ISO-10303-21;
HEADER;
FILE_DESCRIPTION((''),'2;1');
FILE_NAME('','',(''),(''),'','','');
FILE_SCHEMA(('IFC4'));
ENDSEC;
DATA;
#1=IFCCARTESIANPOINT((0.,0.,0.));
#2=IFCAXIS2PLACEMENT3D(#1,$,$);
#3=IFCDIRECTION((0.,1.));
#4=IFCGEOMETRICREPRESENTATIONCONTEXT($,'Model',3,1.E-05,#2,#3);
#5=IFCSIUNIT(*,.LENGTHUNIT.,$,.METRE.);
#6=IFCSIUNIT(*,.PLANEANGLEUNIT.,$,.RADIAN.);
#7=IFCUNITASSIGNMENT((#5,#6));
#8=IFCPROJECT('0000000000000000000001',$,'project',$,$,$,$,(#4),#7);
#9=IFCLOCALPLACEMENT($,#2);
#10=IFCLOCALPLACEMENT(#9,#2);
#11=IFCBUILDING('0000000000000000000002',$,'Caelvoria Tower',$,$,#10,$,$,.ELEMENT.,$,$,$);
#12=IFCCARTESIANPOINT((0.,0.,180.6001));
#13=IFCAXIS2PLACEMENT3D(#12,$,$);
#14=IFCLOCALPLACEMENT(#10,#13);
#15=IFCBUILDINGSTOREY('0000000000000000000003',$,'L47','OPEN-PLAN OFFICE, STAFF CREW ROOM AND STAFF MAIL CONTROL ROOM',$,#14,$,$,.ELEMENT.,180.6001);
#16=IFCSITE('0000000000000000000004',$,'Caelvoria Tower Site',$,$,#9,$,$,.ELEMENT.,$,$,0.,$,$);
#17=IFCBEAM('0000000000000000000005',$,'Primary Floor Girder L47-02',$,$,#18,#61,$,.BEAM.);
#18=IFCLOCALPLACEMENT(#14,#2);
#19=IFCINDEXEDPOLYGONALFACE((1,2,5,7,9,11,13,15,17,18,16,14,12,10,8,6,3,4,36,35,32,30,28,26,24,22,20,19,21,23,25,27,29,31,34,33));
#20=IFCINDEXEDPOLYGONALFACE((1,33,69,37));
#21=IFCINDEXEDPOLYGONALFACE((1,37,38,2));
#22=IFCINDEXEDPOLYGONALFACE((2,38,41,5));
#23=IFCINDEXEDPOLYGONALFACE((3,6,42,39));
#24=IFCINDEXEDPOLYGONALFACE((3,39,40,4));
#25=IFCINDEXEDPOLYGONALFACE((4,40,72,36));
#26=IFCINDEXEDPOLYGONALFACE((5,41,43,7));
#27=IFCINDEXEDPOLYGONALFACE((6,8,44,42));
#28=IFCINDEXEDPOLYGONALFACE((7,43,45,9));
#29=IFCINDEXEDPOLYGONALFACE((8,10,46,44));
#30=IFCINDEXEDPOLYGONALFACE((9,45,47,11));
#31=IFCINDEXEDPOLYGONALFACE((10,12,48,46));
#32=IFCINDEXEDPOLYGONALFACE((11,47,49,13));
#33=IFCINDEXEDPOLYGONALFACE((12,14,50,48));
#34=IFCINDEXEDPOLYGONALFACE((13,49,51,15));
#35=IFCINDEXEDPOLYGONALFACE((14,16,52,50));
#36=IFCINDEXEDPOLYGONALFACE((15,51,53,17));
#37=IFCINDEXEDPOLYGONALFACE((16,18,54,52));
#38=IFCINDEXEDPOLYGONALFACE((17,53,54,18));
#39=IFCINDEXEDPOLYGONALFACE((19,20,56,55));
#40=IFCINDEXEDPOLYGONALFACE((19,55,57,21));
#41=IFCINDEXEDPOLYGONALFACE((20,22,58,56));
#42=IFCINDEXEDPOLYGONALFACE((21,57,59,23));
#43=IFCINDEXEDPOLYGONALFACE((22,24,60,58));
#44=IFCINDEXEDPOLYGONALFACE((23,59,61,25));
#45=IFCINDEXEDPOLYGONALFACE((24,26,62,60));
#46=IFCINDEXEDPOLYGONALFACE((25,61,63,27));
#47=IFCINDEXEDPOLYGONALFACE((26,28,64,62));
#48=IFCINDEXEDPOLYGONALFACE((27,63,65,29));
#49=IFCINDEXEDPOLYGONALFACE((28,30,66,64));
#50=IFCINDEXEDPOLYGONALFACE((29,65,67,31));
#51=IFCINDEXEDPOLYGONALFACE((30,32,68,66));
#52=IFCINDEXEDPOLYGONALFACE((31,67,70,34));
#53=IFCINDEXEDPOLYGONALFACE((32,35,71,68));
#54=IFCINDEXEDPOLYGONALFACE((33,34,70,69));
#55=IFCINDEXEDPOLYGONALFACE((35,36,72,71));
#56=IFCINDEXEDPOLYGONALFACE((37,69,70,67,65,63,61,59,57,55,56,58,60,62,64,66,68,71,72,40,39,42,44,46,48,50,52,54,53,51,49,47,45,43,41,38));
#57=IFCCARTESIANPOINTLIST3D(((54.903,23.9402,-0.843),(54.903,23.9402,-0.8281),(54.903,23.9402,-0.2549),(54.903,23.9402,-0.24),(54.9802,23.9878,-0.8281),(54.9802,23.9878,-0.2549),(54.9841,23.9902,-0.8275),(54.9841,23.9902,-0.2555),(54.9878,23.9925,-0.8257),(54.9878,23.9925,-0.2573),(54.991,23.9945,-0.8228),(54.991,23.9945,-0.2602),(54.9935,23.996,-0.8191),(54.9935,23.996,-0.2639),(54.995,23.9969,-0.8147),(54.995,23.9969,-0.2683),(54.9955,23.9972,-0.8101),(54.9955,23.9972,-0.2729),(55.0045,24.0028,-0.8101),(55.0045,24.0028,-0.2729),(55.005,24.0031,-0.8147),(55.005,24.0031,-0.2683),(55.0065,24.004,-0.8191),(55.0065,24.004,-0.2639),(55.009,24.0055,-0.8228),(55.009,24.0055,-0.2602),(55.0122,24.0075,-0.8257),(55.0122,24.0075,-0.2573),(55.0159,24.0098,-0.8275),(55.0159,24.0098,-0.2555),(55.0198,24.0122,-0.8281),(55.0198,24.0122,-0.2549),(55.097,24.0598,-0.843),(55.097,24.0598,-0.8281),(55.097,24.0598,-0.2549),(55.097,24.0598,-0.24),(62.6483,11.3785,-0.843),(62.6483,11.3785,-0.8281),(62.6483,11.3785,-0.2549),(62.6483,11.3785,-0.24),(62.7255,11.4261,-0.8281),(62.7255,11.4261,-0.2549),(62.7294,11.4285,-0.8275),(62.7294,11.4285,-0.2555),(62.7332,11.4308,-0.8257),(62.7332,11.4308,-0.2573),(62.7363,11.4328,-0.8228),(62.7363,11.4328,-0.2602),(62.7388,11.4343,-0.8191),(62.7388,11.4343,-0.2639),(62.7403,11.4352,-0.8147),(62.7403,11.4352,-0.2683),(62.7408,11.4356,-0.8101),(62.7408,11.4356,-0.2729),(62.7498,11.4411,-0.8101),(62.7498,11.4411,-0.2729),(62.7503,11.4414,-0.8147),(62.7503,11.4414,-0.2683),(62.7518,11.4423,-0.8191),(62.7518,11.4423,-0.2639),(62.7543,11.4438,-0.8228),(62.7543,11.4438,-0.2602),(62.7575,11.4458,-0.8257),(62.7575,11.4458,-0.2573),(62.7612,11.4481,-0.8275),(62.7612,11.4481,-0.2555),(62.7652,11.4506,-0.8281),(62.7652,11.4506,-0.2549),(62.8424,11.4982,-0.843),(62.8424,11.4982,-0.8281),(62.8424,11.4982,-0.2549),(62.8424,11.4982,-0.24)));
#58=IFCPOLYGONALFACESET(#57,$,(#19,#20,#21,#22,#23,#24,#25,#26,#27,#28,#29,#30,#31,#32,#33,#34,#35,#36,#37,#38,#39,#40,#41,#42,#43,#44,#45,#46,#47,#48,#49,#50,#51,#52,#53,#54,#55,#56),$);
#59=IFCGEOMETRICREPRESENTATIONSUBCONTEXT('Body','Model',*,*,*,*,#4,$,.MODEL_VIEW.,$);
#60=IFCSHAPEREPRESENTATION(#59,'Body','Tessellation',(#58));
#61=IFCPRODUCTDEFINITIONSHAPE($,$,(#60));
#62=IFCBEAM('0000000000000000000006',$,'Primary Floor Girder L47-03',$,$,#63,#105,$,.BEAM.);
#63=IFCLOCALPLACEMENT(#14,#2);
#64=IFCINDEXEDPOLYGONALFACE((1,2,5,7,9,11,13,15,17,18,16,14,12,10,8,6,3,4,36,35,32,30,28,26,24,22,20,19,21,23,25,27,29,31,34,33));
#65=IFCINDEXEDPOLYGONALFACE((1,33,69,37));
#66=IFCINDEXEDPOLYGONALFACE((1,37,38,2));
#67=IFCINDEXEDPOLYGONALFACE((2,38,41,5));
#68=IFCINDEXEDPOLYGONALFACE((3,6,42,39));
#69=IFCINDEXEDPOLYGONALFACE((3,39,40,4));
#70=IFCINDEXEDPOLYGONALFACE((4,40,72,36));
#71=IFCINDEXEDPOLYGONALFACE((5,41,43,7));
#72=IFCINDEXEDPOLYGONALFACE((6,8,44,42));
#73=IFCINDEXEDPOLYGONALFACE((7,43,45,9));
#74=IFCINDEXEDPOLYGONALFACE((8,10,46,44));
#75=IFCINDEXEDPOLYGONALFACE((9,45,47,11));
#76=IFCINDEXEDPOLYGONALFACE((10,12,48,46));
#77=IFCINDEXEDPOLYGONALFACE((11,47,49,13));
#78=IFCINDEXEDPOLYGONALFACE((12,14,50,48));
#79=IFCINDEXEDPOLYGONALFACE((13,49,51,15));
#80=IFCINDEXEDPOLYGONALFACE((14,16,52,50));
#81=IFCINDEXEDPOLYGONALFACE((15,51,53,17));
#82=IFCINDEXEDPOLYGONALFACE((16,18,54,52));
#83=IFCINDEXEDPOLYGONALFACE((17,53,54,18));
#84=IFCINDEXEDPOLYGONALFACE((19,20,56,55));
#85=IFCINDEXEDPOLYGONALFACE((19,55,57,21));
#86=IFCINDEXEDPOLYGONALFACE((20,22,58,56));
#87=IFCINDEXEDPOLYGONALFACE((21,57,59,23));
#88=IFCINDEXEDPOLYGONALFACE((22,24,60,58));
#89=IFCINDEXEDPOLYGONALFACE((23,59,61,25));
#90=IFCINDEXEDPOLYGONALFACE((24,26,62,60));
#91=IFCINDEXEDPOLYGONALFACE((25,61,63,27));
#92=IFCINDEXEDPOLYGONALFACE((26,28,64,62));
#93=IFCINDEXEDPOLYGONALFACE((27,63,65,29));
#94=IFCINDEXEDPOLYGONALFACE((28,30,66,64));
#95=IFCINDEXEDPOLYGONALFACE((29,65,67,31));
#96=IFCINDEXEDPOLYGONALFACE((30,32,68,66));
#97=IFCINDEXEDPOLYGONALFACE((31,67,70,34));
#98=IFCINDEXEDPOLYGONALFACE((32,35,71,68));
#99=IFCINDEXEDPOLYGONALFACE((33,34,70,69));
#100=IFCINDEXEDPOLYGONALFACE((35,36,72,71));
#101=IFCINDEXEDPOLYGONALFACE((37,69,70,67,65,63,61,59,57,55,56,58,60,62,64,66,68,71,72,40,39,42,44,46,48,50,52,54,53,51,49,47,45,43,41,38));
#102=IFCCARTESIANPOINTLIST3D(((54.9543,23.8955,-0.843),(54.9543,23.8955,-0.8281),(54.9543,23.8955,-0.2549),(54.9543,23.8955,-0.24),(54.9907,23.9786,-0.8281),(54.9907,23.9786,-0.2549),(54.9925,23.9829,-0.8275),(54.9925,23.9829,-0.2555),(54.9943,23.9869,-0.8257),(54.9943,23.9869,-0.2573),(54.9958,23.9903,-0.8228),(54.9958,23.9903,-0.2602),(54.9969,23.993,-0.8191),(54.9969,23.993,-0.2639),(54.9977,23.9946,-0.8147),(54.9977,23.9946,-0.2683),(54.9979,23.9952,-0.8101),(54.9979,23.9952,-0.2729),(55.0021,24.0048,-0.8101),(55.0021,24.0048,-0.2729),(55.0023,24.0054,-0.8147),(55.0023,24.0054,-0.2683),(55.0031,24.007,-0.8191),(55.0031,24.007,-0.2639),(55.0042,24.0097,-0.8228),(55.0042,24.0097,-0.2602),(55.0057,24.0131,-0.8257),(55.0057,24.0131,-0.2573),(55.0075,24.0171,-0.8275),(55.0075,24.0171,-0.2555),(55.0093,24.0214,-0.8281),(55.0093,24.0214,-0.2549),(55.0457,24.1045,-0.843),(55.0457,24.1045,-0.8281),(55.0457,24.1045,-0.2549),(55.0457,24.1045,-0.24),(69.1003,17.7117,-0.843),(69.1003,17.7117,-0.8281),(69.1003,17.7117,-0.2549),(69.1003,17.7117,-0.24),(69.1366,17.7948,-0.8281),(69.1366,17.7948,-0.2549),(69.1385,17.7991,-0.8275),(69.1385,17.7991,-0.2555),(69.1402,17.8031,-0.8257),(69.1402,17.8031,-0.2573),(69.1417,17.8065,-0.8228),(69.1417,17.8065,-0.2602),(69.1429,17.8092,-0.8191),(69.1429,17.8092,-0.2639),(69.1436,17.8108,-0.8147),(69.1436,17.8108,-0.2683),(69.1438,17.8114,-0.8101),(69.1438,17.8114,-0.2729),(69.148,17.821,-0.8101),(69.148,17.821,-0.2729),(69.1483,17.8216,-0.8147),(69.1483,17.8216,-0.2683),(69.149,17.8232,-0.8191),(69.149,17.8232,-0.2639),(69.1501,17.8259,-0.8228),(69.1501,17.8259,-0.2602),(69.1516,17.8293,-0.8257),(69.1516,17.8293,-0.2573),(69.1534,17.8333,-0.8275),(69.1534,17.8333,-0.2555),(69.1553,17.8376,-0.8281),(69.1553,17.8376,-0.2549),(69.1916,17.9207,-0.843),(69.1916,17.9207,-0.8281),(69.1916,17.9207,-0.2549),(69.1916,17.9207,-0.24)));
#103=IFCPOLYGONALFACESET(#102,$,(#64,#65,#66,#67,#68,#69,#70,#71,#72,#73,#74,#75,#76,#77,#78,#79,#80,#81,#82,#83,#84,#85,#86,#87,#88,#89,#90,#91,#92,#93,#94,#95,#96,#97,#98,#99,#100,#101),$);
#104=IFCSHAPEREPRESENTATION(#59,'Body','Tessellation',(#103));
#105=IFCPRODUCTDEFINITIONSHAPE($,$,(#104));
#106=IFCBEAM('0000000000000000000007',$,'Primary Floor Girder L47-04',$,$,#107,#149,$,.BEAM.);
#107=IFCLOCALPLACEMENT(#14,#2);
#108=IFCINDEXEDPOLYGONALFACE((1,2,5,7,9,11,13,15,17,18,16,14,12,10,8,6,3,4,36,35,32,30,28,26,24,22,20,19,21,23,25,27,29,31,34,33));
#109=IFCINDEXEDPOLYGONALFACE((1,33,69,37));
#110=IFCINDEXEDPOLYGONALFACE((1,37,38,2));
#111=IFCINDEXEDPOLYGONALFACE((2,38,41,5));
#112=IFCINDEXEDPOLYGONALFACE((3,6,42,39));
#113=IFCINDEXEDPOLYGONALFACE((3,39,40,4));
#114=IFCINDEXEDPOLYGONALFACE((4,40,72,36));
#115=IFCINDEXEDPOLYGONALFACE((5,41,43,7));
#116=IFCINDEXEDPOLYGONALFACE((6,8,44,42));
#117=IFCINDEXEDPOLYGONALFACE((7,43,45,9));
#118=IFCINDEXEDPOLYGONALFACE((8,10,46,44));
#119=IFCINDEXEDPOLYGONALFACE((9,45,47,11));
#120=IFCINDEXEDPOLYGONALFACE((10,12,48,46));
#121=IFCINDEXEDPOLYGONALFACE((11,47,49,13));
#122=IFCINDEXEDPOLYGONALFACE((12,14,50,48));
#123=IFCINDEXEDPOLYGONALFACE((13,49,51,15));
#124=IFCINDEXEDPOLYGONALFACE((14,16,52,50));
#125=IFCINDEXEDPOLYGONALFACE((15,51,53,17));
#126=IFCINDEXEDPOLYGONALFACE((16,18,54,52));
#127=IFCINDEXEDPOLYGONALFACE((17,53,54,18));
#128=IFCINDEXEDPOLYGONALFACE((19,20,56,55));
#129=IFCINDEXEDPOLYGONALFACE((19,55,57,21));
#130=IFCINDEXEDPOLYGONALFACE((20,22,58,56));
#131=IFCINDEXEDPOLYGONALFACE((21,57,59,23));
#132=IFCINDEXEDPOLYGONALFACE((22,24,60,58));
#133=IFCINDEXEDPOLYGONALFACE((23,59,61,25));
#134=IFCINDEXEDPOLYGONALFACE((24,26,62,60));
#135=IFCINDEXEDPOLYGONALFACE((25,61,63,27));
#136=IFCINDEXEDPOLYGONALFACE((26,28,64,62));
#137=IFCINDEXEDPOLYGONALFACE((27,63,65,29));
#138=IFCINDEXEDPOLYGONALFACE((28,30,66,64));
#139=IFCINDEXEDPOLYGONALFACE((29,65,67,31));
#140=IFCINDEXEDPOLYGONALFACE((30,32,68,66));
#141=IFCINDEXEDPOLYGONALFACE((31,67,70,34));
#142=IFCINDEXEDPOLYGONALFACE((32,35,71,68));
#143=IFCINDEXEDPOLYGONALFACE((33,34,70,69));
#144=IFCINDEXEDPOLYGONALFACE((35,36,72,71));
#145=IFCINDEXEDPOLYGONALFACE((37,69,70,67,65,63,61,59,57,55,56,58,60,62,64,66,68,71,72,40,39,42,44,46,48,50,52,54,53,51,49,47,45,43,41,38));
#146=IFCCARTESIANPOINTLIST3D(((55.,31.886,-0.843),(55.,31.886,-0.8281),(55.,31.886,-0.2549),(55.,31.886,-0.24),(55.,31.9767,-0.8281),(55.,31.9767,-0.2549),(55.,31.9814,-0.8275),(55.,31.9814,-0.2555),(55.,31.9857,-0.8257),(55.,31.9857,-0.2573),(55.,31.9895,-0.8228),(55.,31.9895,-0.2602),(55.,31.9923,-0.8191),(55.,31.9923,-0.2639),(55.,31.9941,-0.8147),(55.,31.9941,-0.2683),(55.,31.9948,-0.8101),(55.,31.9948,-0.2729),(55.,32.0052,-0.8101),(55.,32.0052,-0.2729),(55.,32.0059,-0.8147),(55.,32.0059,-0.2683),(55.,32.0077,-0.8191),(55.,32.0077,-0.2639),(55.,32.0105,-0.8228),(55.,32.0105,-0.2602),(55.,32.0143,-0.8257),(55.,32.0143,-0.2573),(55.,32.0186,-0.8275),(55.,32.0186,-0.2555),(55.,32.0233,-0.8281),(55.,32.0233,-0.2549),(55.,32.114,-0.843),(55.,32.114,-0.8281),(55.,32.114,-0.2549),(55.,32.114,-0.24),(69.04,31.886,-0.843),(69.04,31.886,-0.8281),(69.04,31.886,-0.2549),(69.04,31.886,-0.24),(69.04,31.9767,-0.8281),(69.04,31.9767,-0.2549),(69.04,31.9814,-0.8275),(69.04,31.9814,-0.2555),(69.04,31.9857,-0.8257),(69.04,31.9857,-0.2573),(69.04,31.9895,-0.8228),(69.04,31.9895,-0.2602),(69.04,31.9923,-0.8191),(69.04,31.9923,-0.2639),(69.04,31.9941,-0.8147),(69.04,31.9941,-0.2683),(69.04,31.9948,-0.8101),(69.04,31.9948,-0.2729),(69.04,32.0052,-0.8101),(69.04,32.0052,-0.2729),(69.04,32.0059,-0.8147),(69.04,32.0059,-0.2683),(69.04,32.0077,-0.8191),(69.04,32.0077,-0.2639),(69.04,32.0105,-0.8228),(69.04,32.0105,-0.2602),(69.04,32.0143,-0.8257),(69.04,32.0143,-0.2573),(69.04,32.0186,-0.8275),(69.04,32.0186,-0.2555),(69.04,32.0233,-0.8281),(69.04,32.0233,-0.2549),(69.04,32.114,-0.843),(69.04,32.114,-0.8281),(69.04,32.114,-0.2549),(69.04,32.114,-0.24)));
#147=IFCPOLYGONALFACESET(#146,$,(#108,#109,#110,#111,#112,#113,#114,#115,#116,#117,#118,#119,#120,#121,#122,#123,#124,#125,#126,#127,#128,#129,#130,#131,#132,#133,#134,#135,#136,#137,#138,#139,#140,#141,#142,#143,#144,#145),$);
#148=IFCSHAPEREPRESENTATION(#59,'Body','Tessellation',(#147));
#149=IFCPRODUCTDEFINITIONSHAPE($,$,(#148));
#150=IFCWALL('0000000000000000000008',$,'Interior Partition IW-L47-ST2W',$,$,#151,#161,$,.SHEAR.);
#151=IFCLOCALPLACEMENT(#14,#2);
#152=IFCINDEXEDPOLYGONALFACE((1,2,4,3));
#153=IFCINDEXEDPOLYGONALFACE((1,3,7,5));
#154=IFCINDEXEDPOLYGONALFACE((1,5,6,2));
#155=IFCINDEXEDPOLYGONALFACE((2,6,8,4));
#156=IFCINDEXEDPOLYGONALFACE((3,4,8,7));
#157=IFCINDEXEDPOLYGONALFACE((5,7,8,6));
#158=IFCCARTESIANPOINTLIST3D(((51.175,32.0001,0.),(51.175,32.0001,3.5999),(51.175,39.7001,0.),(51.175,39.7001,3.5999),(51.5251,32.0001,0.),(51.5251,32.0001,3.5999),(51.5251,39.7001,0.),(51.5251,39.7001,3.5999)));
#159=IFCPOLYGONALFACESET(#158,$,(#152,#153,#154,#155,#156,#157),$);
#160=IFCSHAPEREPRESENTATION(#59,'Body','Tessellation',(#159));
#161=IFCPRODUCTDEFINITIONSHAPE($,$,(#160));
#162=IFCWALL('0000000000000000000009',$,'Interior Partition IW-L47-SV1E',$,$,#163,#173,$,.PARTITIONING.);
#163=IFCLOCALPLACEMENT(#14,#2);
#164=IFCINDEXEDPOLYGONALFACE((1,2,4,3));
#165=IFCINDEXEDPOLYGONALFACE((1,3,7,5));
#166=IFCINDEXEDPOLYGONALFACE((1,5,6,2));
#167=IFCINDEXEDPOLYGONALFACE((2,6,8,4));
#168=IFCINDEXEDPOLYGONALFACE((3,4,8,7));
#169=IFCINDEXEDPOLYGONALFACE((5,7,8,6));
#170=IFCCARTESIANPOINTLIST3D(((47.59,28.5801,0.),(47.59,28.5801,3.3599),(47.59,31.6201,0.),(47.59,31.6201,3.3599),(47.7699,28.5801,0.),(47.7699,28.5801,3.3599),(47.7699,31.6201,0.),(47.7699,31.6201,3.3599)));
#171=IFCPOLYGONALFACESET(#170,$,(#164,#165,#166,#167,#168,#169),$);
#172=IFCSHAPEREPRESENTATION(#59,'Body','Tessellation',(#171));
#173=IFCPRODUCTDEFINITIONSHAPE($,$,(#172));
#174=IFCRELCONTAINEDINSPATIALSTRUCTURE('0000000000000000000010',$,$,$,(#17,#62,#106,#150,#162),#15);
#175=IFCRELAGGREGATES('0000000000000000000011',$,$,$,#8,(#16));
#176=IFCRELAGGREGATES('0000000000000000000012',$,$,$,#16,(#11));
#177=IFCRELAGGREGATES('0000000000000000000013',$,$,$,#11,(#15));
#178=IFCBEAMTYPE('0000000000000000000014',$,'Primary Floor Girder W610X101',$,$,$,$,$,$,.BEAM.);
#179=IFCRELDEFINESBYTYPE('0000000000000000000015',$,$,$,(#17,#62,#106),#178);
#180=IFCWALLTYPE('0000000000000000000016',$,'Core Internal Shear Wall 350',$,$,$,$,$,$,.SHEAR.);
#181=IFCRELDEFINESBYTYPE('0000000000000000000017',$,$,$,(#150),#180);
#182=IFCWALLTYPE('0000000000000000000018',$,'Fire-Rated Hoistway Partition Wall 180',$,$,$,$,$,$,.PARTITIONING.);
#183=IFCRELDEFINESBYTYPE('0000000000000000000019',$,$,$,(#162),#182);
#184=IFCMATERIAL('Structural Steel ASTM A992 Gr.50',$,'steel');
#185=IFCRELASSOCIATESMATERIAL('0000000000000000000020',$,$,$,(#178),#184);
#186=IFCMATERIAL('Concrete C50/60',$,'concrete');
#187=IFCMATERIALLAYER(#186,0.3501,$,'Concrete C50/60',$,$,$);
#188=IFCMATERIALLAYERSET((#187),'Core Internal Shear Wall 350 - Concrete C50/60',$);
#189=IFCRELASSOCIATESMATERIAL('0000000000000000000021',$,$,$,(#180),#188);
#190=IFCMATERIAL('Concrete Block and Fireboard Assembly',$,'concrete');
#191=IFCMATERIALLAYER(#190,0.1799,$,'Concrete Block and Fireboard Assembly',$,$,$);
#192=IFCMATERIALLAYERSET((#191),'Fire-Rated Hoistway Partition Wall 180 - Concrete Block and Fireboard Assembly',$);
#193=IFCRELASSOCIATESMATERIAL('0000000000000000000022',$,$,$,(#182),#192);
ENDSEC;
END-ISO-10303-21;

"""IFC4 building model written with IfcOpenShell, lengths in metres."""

from ifc_helpers import new_model, si_unit, direction, frame, frame_2d, origin, origin_2d, place, context, subcontext, project, spatial, rectangle, i_section, extrude, material, layer, layer_set, material_profile, profile_set, type_object, element, save


model = new_model("IFC4")

# Units and contexts
model_context = context("Model", 3, precision=1e-05, world=origin(), true_north=direction((0.0, 1.0)))
body_context = subcontext(model_context, "Body", "Model", "MODEL_VIEW")
ifc_project = project(units=[si_unit("LENGTHUNIT", "METRE"), si_unit("PLANEANGLEUNIT", "RADIAN")], contexts=[model_context])

# Site, building, storey
site_placement = place(None, origin())
site = spatial("IfcSite", under=ifc_project, at=site_placement, Name="Caelvoria Tower Site", CompositionType="ELEMENT", RefElevation=0.0)
building_placement = place(site_placement, origin())
building = spatial("IfcBuilding", under=site, at=building_placement, Name="Caelvoria Tower", CompositionType="ELEMENT")
storey_placement = place(building_placement, frame((0.0, 0.0, 180.6001)))
storey = spatial("IfcBuildingStorey", under=building, at=storey_placement, Name="L47", Description="OPEN-PLAN OFFICE, STAFF CREW ROOM AND STAFF MAIL CONTROL ROOM", CompositionType="ELEMENT", Elevation=180.6001)

# Beams
ifc_material_1 = material(Name="Structural Steel ASTM A992 Gr.50", Category="steel")
ifc_material_profile = material_profile(ifc_material_1, i_section(OverallWidth=0.228, OverallDepth=0.603, WebThickness=0.0105, FlangeThickness=0.0149, FilletRadius=0.0181, at=origin_2d()), Name="Structural Steel ASTM A992 Gr.50")
ifc_profile_set = profile_set([ifc_material_profile], Name="W610X101 - Structural Steel ASTM A992 Gr.50")
beam_type = type_object("IfcBeamType", Name="Primary Floor Girder W610X101", PredefinedType="BEAM", material=ifc_profile_set)
beam_1_placement = place(storey_placement, frame((55.0, 24.0, -0.5415), z_axis=(0.524837, -0.851203, 0.0), x_axis=(0.851203, 0.524837, 0.0)))
element("IfcBeam", 1, at=beam_1_placement, inside=storey, type_object=beam_type, Name="Primary Floor Girder L47-02", PredefinedType="BEAM", context=body_context, shape_type="SweptSolid", body=[
    extrude(i_section(OverallWidth=0.228, OverallDepth=0.603, WebThickness=0.0105, FlangeThickness=0.0149, FilletRadius=0.0181, at=origin_2d()), origin(), (0.0, 0.0, 1.0), 14.7576),
])
beam_2_placement = place(storey_placement, frame((55.0, 24.0, -0.5415), z_axis=(0.916277, -0.400545, 0.0), x_axis=(0.400545, 0.916277, 0.0)))
element("IfcBeam", 2, at=beam_2_placement, inside=storey, type_object=beam_type, Name="Primary Floor Girder L47-03", PredefinedType="BEAM", context=body_context, shape_type="SweptSolid", body=[
    extrude(i_section(OverallWidth=0.228, OverallDepth=0.603, WebThickness=0.0105, FlangeThickness=0.0149, FilletRadius=0.0181, at=origin_2d()), origin(), (0.0, 0.0, 1.0), 15.4385),
])
beam_3_placement = place(storey_placement, frame((55.0, 32.0, -0.5415), z_axis=(1.0, 0.0, 0.0), x_axis=(0.0, 1.0, 0.0)))
element("IfcBeam", 3, at=beam_3_placement, inside=storey, type_object=beam_type, Name="Primary Floor Girder L47-04", PredefinedType="BEAM", context=body_context, shape_type="SweptSolid", body=[
    extrude(i_section(OverallWidth=0.228, OverallDepth=0.603, WebThickness=0.0105, FlangeThickness=0.0149, FilletRadius=0.0181, at=origin_2d()), origin(), (0.0, 0.0, 1.0), 14.04),
])

# Wall
ifc_material_2 = material(Name="Concrete C50/60", Category="concrete")
ifc_layer_1 = layer(ifc_material_2, 0.3501, Name="Concrete C50/60")
ifc_layer_set_1 = layer_set([ifc_layer_1], Name="Core Internal Shear Wall 350 - Concrete C50/60")
wall_type_1 = type_object("IfcWallType", Name="Core Internal Shear Wall 350", PredefinedType="SHEAR", material=ifc_layer_set_1)
wall_1_placement = place(storey_placement, frame((51.3501, 32.0, 0.0), z_axis=(0.0, 0.0, 1.0), x_axis=(0.0, 1.0, 0.0)))
element("IfcWall", 4, at=wall_1_placement, inside=storey, type_object=wall_type_1, Name="Interior Partition IW-L47-ST2W", PredefinedType="SHEAR", context=body_context, shape_type="SweptSolid", body=[
    extrude(rectangle(XDim=7.7, YDim=0.3501, at=frame_2d((3.8501, 0.0))), origin(), (0.0, 0.0, 1.0), 3.5999),
])

# Wall
ifc_material_3 = material(Name="Concrete Block and Fireboard Assembly", Category="concrete")
ifc_layer_2 = layer(ifc_material_3, 0.1799, Name="Concrete Block and Fireboard Assembly")
ifc_layer_set_2 = layer_set([ifc_layer_2], Name="Fire-Rated Hoistway Partition Wall 180 - Concrete Block and Fireboard Assembly")
wall_type_2 = type_object("IfcWallType", Name="Fire-Rated Hoistway Partition Wall 180", PredefinedType="PARTITIONING", material=ifc_layer_set_2)
wall_2_placement = place(storey_placement, frame((47.6799, 28.5801, 0.0), z_axis=(0.0, 0.0, 1.0), x_axis=(0.0, 1.0, 0.0)))
element("IfcWall", 5, at=wall_2_placement, inside=storey, type_object=wall_type_2, Name="Interior Partition IW-L47-SV1E", PredefinedType="PARTITIONING", context=body_context, shape_type="SweptSolid", body=[
    extrude(rectangle(XDim=3.04, YDim=0.1799, at=frame_2d((1.52, 0.0))), origin(), (0.0, 0.0, 1.0), 3.3599),
])

save(model, "model.ifc")
